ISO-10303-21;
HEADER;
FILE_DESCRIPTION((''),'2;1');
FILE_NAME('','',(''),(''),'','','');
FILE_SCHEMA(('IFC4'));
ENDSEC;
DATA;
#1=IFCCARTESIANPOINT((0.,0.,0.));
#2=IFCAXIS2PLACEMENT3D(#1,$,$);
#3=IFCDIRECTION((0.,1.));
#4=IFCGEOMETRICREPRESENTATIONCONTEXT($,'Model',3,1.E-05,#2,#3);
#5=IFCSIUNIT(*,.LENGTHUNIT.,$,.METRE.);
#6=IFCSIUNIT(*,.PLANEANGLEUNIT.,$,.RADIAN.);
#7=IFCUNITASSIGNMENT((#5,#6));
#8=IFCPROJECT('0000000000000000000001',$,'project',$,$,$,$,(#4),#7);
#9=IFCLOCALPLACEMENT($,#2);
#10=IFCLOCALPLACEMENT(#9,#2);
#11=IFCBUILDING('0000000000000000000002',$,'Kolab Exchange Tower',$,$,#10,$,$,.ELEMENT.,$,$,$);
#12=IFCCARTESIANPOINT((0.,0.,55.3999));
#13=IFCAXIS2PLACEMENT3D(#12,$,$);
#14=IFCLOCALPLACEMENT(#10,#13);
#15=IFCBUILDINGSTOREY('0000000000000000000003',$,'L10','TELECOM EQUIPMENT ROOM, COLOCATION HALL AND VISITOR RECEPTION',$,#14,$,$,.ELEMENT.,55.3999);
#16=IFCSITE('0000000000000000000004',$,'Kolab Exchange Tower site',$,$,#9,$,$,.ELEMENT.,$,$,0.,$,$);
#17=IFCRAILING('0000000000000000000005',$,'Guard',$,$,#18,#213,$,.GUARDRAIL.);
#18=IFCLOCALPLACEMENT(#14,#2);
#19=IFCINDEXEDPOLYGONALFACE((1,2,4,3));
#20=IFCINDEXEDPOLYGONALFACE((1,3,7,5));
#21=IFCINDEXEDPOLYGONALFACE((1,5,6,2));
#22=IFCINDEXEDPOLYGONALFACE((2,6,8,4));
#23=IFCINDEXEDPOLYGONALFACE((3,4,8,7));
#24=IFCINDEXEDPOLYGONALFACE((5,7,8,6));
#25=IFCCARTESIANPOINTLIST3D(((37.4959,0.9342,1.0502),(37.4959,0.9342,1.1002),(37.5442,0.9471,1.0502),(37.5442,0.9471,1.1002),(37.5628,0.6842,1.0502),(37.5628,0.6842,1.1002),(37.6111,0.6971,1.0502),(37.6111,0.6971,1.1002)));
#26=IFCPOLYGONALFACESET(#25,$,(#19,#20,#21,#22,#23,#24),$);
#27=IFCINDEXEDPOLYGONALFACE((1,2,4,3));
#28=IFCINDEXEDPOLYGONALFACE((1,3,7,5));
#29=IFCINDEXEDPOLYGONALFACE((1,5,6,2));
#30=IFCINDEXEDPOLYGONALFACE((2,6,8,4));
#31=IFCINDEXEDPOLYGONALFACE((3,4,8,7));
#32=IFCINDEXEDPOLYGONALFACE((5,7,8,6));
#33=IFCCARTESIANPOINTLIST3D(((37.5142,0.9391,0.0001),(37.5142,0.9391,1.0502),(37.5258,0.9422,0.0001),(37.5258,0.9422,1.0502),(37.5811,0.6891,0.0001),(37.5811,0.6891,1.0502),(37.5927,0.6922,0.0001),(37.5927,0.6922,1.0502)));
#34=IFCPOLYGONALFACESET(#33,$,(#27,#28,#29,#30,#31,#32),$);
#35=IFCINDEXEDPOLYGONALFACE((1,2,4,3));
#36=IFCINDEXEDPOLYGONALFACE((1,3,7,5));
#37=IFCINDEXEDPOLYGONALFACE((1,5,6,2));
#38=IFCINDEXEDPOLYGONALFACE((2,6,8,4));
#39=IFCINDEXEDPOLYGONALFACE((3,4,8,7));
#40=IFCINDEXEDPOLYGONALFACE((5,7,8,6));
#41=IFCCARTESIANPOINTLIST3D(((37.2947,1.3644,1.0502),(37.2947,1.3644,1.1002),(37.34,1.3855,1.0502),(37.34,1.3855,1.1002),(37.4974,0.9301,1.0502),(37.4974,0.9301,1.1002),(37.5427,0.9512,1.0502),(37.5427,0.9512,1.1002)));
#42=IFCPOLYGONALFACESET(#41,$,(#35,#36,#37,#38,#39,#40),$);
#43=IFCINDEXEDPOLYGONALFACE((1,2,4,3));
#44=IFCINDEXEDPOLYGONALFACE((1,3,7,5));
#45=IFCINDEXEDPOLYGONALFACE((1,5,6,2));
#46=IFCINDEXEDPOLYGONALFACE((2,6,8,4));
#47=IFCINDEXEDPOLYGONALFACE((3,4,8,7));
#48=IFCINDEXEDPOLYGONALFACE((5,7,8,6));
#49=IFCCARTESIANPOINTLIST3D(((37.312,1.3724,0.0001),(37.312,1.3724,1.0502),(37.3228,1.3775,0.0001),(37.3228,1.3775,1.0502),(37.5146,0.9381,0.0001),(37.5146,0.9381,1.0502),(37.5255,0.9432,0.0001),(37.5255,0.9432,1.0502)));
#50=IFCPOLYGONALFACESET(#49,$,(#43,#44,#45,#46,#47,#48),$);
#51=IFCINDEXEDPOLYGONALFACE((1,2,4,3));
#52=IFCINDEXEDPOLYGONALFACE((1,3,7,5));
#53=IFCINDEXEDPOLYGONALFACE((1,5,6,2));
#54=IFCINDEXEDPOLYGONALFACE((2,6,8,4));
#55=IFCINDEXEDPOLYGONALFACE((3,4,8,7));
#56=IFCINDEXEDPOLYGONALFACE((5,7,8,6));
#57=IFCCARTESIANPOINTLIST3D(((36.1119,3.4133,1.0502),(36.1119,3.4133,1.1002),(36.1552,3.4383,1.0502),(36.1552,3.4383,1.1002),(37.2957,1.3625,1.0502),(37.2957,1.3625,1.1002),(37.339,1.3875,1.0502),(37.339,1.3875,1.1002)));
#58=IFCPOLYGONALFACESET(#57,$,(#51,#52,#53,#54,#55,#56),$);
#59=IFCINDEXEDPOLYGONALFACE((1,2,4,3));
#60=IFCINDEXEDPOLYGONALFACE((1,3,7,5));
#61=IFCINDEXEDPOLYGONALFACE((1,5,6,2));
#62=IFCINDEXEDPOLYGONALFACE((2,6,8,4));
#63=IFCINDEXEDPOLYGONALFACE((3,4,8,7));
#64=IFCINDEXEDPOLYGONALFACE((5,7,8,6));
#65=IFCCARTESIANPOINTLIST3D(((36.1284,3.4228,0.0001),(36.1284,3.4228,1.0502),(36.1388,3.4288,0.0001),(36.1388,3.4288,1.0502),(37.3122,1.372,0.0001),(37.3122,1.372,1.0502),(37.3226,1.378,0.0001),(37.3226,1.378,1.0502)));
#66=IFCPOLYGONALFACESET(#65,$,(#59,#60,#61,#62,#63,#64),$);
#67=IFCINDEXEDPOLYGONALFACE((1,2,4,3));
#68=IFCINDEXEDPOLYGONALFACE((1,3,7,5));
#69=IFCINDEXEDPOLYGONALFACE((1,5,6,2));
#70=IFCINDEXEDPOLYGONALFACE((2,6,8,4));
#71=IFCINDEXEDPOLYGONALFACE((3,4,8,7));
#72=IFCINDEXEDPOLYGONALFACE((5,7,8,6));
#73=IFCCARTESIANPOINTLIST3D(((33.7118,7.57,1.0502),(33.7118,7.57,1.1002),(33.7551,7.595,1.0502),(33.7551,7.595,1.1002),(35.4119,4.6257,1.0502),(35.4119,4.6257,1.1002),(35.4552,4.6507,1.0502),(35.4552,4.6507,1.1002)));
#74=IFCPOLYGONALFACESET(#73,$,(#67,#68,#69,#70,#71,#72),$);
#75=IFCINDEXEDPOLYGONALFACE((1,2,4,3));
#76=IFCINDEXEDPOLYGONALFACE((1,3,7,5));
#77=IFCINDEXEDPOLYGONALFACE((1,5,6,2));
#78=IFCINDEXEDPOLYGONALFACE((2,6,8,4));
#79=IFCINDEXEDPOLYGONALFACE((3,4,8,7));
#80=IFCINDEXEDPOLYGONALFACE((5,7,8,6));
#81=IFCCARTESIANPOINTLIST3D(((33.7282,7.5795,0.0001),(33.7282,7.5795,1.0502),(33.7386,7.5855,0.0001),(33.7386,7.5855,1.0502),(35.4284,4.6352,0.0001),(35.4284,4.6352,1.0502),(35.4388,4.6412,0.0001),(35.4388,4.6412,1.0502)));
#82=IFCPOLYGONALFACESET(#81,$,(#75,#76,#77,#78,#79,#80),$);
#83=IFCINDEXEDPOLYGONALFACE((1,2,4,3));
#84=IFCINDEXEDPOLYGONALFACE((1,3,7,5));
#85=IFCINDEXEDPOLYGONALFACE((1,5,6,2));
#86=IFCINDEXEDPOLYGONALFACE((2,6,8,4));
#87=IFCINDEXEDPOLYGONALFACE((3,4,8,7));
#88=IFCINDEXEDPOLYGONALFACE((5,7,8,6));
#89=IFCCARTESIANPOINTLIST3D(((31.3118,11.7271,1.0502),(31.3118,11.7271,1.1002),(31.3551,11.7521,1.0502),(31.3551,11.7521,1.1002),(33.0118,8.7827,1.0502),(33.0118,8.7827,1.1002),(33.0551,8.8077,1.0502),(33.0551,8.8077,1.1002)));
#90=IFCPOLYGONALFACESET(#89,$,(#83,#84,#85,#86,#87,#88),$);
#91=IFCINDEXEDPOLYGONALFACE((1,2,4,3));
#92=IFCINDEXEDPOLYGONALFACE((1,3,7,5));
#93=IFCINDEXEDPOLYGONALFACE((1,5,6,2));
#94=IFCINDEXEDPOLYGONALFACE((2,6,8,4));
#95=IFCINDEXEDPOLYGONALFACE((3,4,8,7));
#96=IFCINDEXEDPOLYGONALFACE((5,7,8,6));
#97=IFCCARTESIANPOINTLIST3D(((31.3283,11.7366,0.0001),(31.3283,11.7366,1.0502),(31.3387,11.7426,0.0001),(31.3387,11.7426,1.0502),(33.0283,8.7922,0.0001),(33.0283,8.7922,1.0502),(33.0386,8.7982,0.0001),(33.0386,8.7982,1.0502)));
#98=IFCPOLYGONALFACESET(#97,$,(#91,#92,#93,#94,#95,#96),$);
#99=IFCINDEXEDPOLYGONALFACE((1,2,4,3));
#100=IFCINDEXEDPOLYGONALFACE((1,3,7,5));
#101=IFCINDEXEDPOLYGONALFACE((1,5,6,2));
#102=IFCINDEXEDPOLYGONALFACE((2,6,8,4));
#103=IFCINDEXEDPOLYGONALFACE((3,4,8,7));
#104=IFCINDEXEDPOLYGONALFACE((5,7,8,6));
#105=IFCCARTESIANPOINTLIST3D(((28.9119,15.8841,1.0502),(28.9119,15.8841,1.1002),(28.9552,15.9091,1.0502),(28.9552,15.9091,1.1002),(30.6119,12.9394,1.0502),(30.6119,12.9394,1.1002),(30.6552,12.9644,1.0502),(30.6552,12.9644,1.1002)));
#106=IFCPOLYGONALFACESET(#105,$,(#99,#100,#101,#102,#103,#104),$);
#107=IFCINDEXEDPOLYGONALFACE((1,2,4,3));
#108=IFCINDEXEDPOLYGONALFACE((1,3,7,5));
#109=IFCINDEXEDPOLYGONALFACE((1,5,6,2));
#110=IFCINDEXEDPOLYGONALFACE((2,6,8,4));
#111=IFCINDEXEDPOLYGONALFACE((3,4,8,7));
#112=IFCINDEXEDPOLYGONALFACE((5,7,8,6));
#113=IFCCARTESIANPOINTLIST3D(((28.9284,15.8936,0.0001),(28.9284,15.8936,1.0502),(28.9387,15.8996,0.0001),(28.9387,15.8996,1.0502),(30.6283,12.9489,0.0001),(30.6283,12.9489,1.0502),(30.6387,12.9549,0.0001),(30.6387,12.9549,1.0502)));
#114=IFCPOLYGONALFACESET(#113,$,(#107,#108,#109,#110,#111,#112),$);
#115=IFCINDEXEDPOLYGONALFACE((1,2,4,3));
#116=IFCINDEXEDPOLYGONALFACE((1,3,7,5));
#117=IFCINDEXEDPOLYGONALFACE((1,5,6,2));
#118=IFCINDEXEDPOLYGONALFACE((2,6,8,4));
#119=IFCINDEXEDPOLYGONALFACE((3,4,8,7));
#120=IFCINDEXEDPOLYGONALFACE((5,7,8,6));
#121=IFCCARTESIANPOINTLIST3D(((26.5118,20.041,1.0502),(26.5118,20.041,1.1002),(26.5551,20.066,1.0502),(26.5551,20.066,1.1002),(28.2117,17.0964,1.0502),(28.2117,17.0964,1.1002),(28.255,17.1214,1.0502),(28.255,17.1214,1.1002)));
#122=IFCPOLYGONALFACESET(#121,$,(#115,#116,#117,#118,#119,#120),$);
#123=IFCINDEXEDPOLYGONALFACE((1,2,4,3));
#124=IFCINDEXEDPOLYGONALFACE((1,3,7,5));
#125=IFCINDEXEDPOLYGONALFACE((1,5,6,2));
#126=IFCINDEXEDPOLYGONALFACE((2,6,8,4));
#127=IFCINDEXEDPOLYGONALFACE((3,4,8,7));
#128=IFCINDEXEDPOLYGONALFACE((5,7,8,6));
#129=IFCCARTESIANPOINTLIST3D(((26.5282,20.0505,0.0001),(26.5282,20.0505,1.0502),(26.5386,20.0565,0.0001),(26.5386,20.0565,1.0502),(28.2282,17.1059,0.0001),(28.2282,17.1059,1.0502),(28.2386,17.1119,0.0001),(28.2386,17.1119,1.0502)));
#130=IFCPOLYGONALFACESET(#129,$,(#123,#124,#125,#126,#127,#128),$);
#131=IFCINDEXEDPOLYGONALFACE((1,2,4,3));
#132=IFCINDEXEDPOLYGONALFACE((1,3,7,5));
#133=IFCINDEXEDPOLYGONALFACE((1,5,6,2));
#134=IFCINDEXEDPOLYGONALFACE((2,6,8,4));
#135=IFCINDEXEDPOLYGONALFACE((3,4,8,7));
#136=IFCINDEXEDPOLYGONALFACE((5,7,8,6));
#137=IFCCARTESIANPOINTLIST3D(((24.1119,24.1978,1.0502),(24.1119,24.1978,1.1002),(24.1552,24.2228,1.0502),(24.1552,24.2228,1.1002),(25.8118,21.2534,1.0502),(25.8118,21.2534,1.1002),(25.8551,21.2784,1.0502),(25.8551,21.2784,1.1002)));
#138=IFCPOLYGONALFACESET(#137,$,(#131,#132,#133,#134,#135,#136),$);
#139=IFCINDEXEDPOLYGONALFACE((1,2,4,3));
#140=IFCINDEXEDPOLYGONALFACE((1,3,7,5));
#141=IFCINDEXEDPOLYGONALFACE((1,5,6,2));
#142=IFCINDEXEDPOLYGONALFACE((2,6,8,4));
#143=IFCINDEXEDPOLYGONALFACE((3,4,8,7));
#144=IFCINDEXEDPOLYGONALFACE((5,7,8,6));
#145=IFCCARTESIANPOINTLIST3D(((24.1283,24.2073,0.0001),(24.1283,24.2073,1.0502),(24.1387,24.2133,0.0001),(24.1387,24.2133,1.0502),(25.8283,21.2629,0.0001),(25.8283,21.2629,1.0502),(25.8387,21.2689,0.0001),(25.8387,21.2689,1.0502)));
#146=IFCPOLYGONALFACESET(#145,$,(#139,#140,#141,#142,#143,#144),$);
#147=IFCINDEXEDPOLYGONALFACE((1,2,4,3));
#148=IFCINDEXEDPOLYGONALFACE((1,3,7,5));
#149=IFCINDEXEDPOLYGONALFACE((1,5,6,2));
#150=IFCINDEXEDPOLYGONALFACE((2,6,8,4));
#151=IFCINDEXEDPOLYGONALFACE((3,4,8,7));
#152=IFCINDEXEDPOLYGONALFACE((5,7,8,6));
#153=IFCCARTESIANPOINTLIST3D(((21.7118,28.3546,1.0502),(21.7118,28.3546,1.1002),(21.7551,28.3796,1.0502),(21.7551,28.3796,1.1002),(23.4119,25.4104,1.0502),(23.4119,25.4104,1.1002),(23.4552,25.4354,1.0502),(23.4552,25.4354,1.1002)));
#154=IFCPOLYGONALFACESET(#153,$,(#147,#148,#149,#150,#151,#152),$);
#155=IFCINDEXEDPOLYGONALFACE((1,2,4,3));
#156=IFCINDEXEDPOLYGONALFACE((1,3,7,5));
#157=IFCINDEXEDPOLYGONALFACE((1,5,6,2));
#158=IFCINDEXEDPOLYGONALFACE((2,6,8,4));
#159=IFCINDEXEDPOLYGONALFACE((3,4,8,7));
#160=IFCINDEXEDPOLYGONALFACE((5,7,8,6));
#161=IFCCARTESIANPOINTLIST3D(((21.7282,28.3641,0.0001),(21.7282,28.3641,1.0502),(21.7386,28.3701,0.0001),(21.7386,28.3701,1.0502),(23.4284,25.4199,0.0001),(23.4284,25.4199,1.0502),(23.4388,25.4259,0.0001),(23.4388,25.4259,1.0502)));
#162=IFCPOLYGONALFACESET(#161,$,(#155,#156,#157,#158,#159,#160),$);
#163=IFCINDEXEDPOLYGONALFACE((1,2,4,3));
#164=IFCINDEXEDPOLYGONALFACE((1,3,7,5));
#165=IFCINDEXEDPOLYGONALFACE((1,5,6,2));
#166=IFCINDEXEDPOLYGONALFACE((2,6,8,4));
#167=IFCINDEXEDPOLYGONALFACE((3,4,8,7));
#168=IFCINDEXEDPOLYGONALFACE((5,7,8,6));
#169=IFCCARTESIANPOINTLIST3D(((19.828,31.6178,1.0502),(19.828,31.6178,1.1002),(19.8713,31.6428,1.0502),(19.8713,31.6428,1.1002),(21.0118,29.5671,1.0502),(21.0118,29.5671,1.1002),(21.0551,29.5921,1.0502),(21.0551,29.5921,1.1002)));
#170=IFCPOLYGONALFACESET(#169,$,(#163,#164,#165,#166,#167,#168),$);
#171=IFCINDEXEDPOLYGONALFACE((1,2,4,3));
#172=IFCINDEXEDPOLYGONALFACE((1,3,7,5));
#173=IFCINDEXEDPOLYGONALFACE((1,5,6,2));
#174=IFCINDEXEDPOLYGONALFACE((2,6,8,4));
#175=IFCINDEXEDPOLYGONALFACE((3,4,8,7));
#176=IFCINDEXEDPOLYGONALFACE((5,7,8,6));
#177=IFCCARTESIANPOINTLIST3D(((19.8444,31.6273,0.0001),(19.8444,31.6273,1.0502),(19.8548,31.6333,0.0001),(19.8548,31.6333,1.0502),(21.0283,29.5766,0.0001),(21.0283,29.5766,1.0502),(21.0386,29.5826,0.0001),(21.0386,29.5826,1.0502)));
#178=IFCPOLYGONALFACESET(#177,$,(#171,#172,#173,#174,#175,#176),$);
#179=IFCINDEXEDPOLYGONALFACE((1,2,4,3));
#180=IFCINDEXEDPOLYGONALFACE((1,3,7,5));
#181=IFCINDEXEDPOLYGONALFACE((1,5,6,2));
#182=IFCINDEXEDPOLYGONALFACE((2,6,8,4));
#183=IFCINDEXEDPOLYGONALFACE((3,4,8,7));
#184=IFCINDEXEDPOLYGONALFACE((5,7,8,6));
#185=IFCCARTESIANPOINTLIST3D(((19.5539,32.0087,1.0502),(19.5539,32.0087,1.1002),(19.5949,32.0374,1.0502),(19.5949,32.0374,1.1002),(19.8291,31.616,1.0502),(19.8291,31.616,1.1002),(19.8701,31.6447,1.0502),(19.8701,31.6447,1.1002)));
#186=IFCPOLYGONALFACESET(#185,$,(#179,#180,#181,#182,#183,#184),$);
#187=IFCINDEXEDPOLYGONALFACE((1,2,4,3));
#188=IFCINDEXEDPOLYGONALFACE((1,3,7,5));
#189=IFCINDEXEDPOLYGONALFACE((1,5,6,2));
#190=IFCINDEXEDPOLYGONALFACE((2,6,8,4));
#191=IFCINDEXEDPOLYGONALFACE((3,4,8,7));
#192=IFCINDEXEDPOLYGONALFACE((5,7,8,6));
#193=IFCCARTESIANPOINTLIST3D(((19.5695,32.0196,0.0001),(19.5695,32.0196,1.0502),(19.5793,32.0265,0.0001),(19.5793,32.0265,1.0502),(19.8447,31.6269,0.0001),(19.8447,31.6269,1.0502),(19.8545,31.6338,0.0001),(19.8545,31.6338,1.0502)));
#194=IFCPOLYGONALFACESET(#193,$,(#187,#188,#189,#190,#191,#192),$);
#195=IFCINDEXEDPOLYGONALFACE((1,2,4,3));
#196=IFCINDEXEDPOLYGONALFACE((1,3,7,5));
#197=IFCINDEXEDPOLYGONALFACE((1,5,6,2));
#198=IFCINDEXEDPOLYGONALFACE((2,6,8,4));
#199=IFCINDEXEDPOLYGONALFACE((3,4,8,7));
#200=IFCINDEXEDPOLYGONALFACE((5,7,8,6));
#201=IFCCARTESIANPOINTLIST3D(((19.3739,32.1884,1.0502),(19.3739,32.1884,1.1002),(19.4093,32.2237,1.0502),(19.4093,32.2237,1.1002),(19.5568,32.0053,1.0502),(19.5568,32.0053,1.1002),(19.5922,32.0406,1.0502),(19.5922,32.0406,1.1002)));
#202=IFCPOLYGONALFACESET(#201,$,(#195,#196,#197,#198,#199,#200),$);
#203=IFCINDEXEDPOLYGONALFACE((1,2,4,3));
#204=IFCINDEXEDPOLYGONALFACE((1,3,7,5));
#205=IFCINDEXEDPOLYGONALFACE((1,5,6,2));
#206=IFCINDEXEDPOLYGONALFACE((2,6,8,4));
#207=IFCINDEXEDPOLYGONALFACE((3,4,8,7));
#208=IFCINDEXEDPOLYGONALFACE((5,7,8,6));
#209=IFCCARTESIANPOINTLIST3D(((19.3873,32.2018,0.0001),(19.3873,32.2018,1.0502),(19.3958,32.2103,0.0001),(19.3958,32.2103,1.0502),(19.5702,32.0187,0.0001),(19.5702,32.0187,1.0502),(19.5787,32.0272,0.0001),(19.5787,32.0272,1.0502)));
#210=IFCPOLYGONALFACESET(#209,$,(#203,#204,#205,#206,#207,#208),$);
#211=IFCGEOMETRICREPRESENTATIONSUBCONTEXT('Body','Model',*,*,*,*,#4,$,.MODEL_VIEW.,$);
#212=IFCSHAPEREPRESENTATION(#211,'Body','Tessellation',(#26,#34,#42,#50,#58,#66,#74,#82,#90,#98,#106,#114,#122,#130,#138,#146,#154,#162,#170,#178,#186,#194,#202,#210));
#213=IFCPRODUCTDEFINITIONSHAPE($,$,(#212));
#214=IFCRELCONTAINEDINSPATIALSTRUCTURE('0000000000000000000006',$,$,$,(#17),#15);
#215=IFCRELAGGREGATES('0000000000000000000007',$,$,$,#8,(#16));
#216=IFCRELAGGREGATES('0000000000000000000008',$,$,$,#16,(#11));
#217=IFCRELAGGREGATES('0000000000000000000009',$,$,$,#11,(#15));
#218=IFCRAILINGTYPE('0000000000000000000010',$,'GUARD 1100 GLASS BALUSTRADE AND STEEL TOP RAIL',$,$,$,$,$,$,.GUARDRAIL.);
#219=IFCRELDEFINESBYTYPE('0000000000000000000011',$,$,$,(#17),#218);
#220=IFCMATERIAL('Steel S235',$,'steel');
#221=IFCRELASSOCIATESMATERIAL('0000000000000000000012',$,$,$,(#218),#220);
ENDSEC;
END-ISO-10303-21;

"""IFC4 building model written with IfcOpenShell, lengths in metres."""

from ifc_helpers import new_model, si_unit, direction, frame, frame_2d, origin, origin_2d, place, context, subcontext, project, spatial, rectangle, extrude, material, type_object, element, save


model = new_model("IFC4")

# Units and contexts
model_context = context("Model", 3, precision=1e-05, world=origin(), true_north=direction((0.0, 1.0)))
body_context = subcontext(model_context, "Body", "Model", "MODEL_VIEW")
ifc_project = project(units=[si_unit("LENGTHUNIT", "METRE"), si_unit("PLANEANGLEUNIT", "RADIAN")], contexts=[model_context])

# Site, building, storey
site_placement = place(None, origin())
site = spatial("IfcSite", under=ifc_project, at=site_placement, Name="Kolab Exchange Tower site", CompositionType="ELEMENT", RefElevation=0.0)
building_placement = place(site_placement, origin())
building = spatial("IfcBuilding", under=site, at=building_placement, Name="Kolab Exchange Tower", CompositionType="ELEMENT")
storey_placement = place(building_placement, frame((0.0, 0.0, 55.3999)))
storey = spatial("IfcBuildingStorey", under=building, at=storey_placement, Name="L10", Description="TELECOM EQUIPMENT ROOM, COLOCATION HALL AND VISITOR RECEPTION", CompositionType="ELEMENT", Elevation=55.3999)

# Railing
ifc_material_1 = material(Name="Steel S235", Category="steel")
railing_type = type_object("IfcRailingType", Name="GUARD 1100 GLASS BALUSTRADE AND STEEL TOP RAIL", PredefinedType="GUARDRAIL", material=ifc_material_1)
railing_placement = place(storey_placement, frame((37.5869, 0.6907, 0.0)))
element("IfcRailing", 1, at=railing_placement, inside=storey, type_object=railing_type, Name="Guard", PredefinedType="GUARDRAIL", context=body_context, shape_type="SweptSolid", body=[
    extrude(rectangle(XDim=0.05, YDim=0.05, at=origin_2d()), frame((0.0, 0.0, 1.0752), z_axis=(-0.258485, 0.966015, 0.0), x_axis=(-0.966015, -0.258485, 0.0)), (0.0, 0.0, 1.0), 0.2588),
    extrude(rectangle(XDim=0.012, YDim=1.0501, at=frame_2d((0.0, 0.5251))), frame((0.0, 0.0, 0.0), z_axis=(-0.258485, 0.966015, 0.0), x_axis=(-0.966015, -0.258485, 0.0)), (0.0, 0.0, 1.0), 0.2588),
    extrude(rectangle(XDim=0.05, YDim=0.05, at=origin_2d()), frame((-0.0669, 0.25, 1.0752), z_axis=(-0.422802, 0.906222, 0.0), x_axis=(-0.906222, -0.422802, 0.0)), (0.0, 0.0, 1.0), 0.4792),
    extrude(rectangle(XDim=0.012, YDim=1.0501, at=frame_2d((0.0, 0.5251))), frame((-0.0669, 0.25, 0.0), z_axis=(-0.422802, 0.906222, 0.0), x_axis=(-0.906222, -0.422802, 0.0)), (0.0, 0.0, 1.0), 0.4792),
    extrude(rectangle(XDim=0.05, YDim=0.05, at=origin_2d()), frame((-0.2695, 0.6843, 1.0752), z_axis=(-0.499943, 0.866059, 0.0), x_axis=(-0.866059, -0.499943, 0.0)), (0.0, 0.0, 1.0), 2.3679),
    extrude(rectangle(XDim=0.012, YDim=1.0501, at=frame_2d((0.0, 0.5251))), frame((-0.2695, 0.6843, 0.0), z_axis=(-0.499943, 0.866059, 0.0), x_axis=(-0.866059, -0.499943, 0.0)), (0.0, 0.0, 1.0), 2.3679),
    extrude(rectangle(XDim=0.05, YDim=0.05, at=origin_2d()), frame((-2.1533, 3.9475, 1.0752), z_axis=(-0.500062, 0.865989, 0.0), x_axis=(-0.865989, -0.500062, 0.0)), (0.0, 0.0, 1.0), 3.3999),
    extrude(rectangle(XDim=0.012, YDim=1.0501, at=frame_2d((0.0, 0.5251))), frame((-2.1533, 3.9475, 0.0), z_axis=(-0.500062, 0.865989, 0.0), x_axis=(-0.865989, -0.500062, 0.0)), (0.0, 0.0, 1.0), 3.3999),
    extrude(rectangle(XDim=0.05, YDim=0.05, at=origin_2d()), frame((-4.5535, 8.1045, 1.0752), z_axis=(-0.500008, 0.866021, 0.0), x_axis=(-0.866021, -0.500008, 0.0)), (0.0, 0.0, 1.0), 3.3999),
    extrude(rectangle(XDim=0.012, YDim=1.0501, at=frame_2d((0.0, 0.5251))), frame((-4.5535, 8.1045, 0.0), z_axis=(-0.500008, 0.866021, 0.0), x_axis=(-0.866021, -0.500008, 0.0)), (0.0, 0.0, 1.0), 3.3999),
    extrude(rectangle(XDim=0.05, YDim=0.05, at=origin_2d()), frame((-6.9534, 12.2612, 1.0752), z_axis=(-0.499977, 0.866039, 0.0), x_axis=(-0.866039, -0.499977, 0.0)), (0.0, 0.0, 1.0), 3.4001),
    extrude(rectangle(XDim=0.012, YDim=1.0501, at=frame_2d((0.0, 0.5251))), frame((-6.9534, 12.2612, 0.0), z_axis=(-0.499977, 0.866039, 0.0), x_axis=(-0.866039, -0.499977, 0.0)), (0.0, 0.0, 1.0), 3.4001),
    extrude(rectangle(XDim=0.05, YDim=0.05, at=origin_2d()), frame((-9.3535, 16.4182, 1.0752), z_axis=(-0.499977, 0.866039, 0.0), x_axis=(-0.866039, -0.499977, 0.0)), (0.0, 0.0, 1.0), 3.4001),
    extrude(rectangle(XDim=0.012, YDim=1.0501, at=frame_2d((0.0, 0.5251))), frame((-9.3535, 16.4182, 0.0), z_axis=(-0.499977, 0.866039, 0.0), x_axis=(-0.866039, -0.499977, 0.0)), (0.0, 0.0, 1.0), 3.4001),
    extrude(rectangle(XDim=0.05, YDim=0.05, at=origin_2d()), frame((-11.7534, 20.5752, 1.0752), z_axis=(-0.500008, 0.866021, 0.0), x_axis=(-0.866021, -0.500008, 0.0)), (0.0, 0.0, 1.0), 3.3999),
    extrude(rectangle(XDim=0.012, YDim=1.0501, at=frame_2d((0.0, 0.5251))), frame((-11.7534, 20.5752, 0.0), z_axis=(-0.500008, 0.866021, 0.0), x_axis=(-0.866021, -0.500008, 0.0)), (0.0, 0.0, 1.0), 3.3999),
    extrude(rectangle(XDim=0.05, YDim=0.05, at=origin_2d()), frame((-14.1533, 24.7322, 1.0752), z_axis=(-0.500062, 0.865989, 0.0), x_axis=(-0.865989, -0.500062, 0.0)), (0.0, 0.0, 1.0), 3.3999),
    extrude(rectangle(XDim=0.012, YDim=1.0501, at=frame_2d((0.0, 0.5251))), frame((-14.1533, 24.7322, 0.0), z_axis=(-0.500062, 0.865989, 0.0), x_axis=(-0.865989, -0.500062, 0.0)), (0.0, 0.0, 1.0), 3.3999),
    extrude(rectangle(XDim=0.05, YDim=0.05, at=origin_2d()), frame((-16.5535, 28.8889, 1.0752), z_axis=(-0.499943, 0.866059, 0.0), x_axis=(-0.866059, -0.499943, 0.0)), (0.0, 0.0, 1.0), 2.3679),
    extrude(rectangle(XDim=0.012, YDim=1.0501, at=frame_2d((0.0, 0.5251))), frame((-16.5535, 28.8889, 0.0), z_axis=(-0.499943, 0.866059, 0.0), x_axis=(-0.866059, -0.499943, 0.0)), (0.0, 0.0, 1.0), 2.3679),
    extrude(rectangle(XDim=0.05, YDim=0.05, at=origin_2d()), frame((-17.7373, 30.9397, 1.0752), z_axis=(-0.573941, 0.818897, 0.0), x_axis=(-0.818897, -0.573941, 0.0)), (0.0, 0.0, 1.0), 0.4795),
    extrude(rectangle(XDim=0.012, YDim=1.0501, at=frame_2d((0.0, 0.5251))), frame((-17.7373, 30.9397, 0.0), z_axis=(-0.573941, 0.818897, 0.0), x_axis=(-0.818897, -0.573941, 0.0)), (0.0, 0.0, 1.0), 0.4795),
    extrude(rectangle(XDim=0.05, YDim=0.05, at=origin_2d()), frame((-18.0125, 31.3323, 1.0752), z_axis=(-0.706635, 0.707578, 0.0), x_axis=(-0.707578, -0.706635, 0.0)), (0.0, 0.0, 1.0), 0.2588),
    extrude(rectangle(XDim=0.012, YDim=1.0501, at=frame_2d((0.0, 0.5251))), frame((-18.0125, 31.3323, 0.0), z_axis=(-0.706635, 0.707578, 0.0), x_axis=(-0.707578, -0.706635, 0.0)), (0.0, 0.0, 1.0), 0.2588),
])

save(model, "model.ifc")
